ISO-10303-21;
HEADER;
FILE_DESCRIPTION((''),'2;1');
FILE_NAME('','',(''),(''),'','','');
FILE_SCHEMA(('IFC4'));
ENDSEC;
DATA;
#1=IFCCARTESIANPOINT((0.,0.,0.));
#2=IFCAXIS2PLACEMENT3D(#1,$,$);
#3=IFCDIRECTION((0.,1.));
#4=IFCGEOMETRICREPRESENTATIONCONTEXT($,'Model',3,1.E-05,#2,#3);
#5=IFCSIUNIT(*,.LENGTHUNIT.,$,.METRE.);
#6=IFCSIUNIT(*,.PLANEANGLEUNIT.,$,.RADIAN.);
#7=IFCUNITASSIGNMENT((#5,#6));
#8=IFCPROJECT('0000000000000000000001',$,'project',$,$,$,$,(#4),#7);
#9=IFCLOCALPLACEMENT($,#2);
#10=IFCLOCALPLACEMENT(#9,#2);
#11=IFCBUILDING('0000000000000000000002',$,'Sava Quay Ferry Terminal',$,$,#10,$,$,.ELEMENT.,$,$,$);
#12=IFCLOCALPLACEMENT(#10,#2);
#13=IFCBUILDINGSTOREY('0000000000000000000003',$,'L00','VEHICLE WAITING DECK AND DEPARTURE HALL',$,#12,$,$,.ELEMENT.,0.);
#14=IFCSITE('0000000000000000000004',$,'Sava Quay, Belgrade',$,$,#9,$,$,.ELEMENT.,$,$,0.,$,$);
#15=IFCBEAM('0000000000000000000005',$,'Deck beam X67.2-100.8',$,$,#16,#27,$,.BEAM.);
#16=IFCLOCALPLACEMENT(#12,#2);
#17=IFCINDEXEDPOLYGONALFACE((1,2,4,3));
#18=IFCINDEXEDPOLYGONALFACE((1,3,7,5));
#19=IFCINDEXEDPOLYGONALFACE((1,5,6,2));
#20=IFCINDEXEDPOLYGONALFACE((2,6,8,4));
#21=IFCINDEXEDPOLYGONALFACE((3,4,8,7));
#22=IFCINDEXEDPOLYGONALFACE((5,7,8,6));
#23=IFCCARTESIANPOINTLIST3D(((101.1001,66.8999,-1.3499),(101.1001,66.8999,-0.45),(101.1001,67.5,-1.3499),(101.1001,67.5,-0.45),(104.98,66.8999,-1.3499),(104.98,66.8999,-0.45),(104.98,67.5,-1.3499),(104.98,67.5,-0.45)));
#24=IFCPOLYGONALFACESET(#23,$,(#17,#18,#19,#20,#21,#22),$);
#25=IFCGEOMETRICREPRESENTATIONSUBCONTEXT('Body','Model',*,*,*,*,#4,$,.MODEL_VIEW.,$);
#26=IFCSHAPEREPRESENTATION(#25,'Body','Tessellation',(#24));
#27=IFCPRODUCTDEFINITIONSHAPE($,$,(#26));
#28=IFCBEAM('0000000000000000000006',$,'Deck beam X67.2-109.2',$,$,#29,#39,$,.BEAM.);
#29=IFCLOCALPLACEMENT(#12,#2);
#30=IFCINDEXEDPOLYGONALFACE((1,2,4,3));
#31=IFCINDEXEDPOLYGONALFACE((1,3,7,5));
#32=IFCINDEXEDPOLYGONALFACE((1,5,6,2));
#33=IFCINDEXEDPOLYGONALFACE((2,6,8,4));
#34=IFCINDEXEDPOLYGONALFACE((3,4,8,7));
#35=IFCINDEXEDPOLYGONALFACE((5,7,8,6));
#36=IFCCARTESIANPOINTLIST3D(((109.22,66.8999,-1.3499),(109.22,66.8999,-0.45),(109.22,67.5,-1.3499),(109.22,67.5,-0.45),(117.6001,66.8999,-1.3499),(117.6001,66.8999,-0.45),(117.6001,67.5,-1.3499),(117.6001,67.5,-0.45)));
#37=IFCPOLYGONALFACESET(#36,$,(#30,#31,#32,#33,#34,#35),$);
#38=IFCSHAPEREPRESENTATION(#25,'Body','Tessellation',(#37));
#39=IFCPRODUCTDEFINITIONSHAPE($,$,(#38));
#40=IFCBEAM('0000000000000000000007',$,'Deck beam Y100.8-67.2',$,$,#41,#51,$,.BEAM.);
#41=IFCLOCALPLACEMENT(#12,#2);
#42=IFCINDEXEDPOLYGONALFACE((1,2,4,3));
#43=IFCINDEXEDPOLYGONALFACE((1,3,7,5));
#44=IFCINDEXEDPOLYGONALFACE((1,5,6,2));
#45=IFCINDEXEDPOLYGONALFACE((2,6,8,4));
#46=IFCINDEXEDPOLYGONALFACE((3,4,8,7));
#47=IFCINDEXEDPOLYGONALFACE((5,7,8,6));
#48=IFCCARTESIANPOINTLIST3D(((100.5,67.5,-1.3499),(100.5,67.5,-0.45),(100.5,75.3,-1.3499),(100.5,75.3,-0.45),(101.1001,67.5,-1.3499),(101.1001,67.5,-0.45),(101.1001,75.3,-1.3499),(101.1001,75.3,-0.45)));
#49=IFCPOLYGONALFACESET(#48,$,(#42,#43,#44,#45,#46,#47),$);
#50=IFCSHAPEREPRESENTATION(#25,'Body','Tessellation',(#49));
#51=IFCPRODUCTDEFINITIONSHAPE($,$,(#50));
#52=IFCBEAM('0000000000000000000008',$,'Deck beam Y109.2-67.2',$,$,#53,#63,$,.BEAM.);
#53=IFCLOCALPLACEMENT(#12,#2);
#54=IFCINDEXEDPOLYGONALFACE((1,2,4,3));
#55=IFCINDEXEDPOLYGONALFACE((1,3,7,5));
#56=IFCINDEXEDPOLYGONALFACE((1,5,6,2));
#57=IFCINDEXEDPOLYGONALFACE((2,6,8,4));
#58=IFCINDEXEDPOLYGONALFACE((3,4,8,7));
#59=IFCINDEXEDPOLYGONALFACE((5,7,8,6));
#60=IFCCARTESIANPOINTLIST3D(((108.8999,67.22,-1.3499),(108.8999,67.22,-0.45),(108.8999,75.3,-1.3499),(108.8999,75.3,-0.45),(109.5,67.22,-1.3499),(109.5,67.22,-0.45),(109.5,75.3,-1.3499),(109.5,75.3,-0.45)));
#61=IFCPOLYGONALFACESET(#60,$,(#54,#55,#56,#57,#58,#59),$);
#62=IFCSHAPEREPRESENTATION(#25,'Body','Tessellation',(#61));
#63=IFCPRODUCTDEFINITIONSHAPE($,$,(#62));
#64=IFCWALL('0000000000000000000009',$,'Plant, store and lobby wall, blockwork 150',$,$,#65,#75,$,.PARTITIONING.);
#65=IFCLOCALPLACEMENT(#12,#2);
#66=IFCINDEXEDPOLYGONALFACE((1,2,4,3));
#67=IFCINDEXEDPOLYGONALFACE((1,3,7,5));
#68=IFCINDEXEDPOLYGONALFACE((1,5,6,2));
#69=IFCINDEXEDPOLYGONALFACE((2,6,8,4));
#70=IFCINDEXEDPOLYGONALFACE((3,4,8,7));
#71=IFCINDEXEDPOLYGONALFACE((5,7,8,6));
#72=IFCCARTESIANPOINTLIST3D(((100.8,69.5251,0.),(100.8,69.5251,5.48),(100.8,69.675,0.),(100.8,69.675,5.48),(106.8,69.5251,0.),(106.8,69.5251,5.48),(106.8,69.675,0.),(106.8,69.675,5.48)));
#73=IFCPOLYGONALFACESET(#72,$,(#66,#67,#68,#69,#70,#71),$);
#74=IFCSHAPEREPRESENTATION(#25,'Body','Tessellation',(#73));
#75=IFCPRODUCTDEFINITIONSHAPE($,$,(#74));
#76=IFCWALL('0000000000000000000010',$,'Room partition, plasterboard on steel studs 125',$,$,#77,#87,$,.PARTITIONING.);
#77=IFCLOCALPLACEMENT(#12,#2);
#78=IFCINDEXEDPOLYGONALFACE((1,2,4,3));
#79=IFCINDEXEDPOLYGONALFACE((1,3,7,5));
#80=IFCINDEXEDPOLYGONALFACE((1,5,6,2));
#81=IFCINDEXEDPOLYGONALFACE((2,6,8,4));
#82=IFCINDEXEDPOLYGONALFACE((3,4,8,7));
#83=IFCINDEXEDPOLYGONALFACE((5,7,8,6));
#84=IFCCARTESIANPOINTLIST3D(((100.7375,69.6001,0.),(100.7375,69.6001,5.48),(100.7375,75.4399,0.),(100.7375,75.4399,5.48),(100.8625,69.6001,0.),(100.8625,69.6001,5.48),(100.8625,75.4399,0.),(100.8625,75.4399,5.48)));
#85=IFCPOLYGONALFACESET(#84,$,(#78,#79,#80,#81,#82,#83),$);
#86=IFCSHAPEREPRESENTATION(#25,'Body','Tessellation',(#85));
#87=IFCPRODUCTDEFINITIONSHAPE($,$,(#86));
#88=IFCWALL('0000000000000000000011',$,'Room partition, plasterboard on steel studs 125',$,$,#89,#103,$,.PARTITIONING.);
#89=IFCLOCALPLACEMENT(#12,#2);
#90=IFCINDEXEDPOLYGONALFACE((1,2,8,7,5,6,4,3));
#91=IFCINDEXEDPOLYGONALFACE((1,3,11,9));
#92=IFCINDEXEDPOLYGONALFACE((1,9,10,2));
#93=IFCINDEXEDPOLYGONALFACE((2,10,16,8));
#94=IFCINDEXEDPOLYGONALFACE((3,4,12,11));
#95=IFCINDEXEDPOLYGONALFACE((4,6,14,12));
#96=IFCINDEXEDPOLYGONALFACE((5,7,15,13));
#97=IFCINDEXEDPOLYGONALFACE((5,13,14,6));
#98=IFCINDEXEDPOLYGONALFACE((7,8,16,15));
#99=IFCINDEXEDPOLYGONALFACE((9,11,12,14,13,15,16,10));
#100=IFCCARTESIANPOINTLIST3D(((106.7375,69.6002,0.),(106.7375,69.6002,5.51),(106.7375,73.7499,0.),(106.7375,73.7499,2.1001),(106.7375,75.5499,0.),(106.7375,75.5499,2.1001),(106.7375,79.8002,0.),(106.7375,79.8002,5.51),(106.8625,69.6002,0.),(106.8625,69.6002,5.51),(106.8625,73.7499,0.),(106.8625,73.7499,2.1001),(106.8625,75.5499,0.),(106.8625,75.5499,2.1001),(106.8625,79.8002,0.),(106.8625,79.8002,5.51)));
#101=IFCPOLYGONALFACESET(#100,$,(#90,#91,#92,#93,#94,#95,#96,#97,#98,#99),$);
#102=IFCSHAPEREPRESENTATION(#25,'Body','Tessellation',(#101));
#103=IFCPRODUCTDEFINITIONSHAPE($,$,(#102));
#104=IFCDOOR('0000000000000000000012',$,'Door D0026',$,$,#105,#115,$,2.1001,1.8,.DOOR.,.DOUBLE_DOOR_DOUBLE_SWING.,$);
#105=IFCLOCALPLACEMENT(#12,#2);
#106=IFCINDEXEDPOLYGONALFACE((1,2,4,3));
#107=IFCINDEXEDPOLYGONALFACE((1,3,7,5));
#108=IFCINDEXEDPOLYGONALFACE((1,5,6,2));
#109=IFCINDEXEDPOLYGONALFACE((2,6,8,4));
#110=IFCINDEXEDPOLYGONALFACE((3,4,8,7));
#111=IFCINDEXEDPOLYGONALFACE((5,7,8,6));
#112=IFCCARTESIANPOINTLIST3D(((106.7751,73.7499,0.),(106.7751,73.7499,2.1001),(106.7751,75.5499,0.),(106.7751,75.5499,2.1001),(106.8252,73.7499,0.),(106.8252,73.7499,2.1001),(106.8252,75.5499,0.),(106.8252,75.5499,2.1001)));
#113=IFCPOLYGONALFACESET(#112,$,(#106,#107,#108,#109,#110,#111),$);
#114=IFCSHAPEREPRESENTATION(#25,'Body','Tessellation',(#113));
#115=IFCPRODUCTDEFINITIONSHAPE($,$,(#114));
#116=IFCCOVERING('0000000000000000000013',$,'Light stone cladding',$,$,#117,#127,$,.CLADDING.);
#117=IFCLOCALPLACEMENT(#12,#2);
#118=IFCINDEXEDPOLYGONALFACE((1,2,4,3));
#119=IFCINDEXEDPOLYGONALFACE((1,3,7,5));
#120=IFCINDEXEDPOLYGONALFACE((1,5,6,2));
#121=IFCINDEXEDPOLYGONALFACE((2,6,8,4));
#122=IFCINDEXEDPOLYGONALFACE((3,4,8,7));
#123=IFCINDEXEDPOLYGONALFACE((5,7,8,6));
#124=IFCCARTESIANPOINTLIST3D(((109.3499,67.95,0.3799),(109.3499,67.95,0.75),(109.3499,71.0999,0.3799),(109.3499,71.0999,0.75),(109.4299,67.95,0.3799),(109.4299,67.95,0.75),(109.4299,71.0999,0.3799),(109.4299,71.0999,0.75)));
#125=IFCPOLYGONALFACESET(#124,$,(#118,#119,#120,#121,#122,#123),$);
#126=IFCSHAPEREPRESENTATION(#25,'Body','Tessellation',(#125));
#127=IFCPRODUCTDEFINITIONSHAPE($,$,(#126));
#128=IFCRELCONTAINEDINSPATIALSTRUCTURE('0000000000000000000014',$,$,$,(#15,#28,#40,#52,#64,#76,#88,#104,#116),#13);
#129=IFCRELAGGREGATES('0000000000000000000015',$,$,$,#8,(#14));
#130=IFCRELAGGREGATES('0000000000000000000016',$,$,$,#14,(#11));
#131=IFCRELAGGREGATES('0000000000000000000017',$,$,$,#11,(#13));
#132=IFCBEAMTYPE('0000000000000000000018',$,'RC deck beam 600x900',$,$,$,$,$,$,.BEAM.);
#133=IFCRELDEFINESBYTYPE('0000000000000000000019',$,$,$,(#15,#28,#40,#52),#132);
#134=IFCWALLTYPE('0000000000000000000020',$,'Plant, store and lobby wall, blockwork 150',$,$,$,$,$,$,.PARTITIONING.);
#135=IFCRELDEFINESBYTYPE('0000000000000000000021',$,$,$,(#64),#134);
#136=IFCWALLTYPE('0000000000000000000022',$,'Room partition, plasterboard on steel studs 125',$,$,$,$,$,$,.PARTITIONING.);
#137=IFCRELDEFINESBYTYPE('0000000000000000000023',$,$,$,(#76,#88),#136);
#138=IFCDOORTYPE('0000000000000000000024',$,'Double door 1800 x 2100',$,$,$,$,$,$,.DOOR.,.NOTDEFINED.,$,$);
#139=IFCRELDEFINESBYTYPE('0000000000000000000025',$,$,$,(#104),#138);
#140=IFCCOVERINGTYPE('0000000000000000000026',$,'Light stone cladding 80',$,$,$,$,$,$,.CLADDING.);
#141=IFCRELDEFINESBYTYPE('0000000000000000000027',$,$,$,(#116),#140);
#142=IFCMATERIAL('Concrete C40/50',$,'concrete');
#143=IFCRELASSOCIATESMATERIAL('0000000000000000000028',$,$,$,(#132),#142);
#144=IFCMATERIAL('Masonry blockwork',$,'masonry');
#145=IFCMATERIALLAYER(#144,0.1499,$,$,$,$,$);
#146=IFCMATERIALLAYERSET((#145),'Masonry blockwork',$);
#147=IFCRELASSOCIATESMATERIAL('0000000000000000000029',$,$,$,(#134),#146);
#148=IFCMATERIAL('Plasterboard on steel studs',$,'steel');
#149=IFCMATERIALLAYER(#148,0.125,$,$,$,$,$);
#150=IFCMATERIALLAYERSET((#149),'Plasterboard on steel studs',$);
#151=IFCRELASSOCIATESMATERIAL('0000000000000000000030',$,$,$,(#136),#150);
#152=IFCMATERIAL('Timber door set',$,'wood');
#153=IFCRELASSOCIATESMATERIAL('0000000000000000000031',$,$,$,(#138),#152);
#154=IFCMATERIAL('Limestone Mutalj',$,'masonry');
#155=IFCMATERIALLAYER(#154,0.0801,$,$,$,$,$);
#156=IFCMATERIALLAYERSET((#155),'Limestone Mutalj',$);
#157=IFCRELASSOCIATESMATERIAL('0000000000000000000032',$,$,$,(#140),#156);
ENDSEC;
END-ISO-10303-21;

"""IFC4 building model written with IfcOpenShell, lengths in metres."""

from ifc_helpers import new_model, si_unit, direction, frame, frame_2d, origin, origin_2d, place, context, subcontext, project, spatial, rectangle, extrude, material, layer, layer_set, material_profile, profile_set, type_object, element, fill, save


model = new_model("IFC4")

# Units and contexts
model_context = context("Model", 3, precision=1e-05, world=origin(), true_north=direction((0.0, 1.0)))
body_context = subcontext(model_context, "Body", "Model", "MODEL_VIEW")
ifc_project = project(units=[si_unit("LENGTHUNIT", "METRE"), si_unit("PLANEANGLEUNIT", "RADIAN")], contexts=[model_context])

# Site, building, storey
site_placement = place(None, origin())
site = spatial("IfcSite", under=ifc_project, at=site_placement, Name="Sava Quay, Belgrade", CompositionType="ELEMENT", RefElevation=0.0)
building_placement = place(site_placement, origin())
building = spatial("IfcBuilding", under=site, at=building_placement, Name="Sava Quay Ferry Terminal", CompositionType="ELEMENT")
storey_placement = place(building_placement, origin())
storey = spatial("IfcBuildingStorey", under=building, at=storey_placement, Name="L00", Description="VEHICLE WAITING DECK AND DEPARTURE HALL", CompositionType="ELEMENT", Elevation=0.0)

# Beams
ifc_material_1 = material(Name="Concrete C40/50", Category="concrete")
ifc_material_profile_1 = material_profile(ifc_material_1, rectangle(XDim=0.6001, YDim=0.8999, at=origin_2d()), Name="RC 600x900")
ifc_profile_set_1 = profile_set([ifc_material_profile_1], Name="Concrete C40/50")
beam_type = type_object("IfcBeamType", Name="RC deck beam 600x900", PredefinedType="BEAM", material=ifc_profile_set_1)
beam_1_placement = place(storey_placement, frame((101.1001, 67.2, -0.8999), z_axis=(1.0, 0.0, 0.0), x_axis=(0.0, 1.0, 0.0)))
element("IfcBeam", 1, at=beam_1_placement, inside=storey, type_object=beam_type, Name="Deck beam X67.2-100.8", PredefinedType="BEAM", context=body_context, shape_type="SweptSolid", body=[
    extrude(rectangle(XDim=0.6001, YDim=0.8999, at=origin_2d()), origin(), (0.0, 0.0, 1.0), 3.8799),
])
beam_2_placement = place(storey_placement, frame((109.22, 67.2, -0.8999), z_axis=(1.0, 0.0, 0.0), x_axis=(0.0, 1.0, 0.0)))
element("IfcBeam", 2, at=beam_2_placement, inside=storey, type_object=beam_type, Name="Deck beam X67.2-109.2", PredefinedType="BEAM", context=body_context, shape_type="SweptSolid", body=[
    extrude(rectangle(XDim=0.6001, YDim=0.8999, at=origin_2d()), origin(), (0.0, 0.0, 1.0), 8.3801),
])
beam_3_placement = place(storey_placement, frame((100.8, 67.5, -0.8999), z_axis=(0.0, 1.0, 0.0), x_axis=(-1.0, 0.0, 0.0)))
element("IfcBeam", 3, at=beam_3_placement, inside=storey, type_object=beam_type, Name="Deck beam Y100.8-67.2", PredefinedType="BEAM", context=body_context, shape_type="SweptSolid", body=[
    extrude(rectangle(XDim=0.6001, YDim=0.8999, at=origin_2d()), origin(), (0.0, 0.0, 1.0), 7.8),
])
beam_4_placement = place(storey_placement, frame((109.2, 67.22, -0.8999), z_axis=(0.0, 1.0, 0.0), x_axis=(-1.0, 0.0, 0.0)))
element("IfcBeam", 4, at=beam_4_placement, inside=storey, type_object=beam_type, Name="Deck beam Y109.2-67.2", PredefinedType="BEAM", context=body_context, shape_type="SweptSolid", body=[
    extrude(rectangle(XDim=0.6001, YDim=0.8999, at=origin_2d()), origin(), (0.0, 0.0, 1.0), 8.0801),
])

# Wall
ifc_material_2 = material(Name="Masonry blockwork", Category="masonry")
ifc_layer_1 = layer(ifc_material_2, 0.1499)
ifc_layer_set_1 = layer_set([ifc_layer_1], Name="Masonry blockwork")
wall_type_1 = type_object("IfcWallType", Name="Plant, store and lobby wall, blockwork 150", PredefinedType="PARTITIONING", material=ifc_layer_set_1)
wall_1_placement = place(storey_placement, frame((100.8, 69.6001, 0.0), z_axis=(0.0, 0.0, 1.0), x_axis=(1.0, 0.0, 0.0)))
element("IfcWall", 5, at=wall_1_placement, inside=storey, type_object=wall_type_1, Name="Plant, store and lobby wall, blockwork 150", PredefinedType="PARTITIONING", context=body_context, shape_type="SweptSolid", body=[
    extrude(rectangle(XDim=6.0, YDim=0.1499, at=frame_2d((3.0, 0.0))), origin(), (0.0, 0.0, 1.0), 5.48),
])

# Wall
ifc_material_3 = material(Name="Plasterboard on steel studs", Category="steel")
ifc_layer_2 = layer(ifc_material_3, 0.125)
ifc_layer_set_2 = layer_set([ifc_layer_2], Name="Plasterboard on steel studs")
wall_type_2 = type_object("IfcWallType", Name="Room partition, plasterboard on steel studs 125", PredefinedType="PARTITIONING", material=ifc_layer_set_2)
wall_2_placement = place(storey_placement, frame((100.8, 69.6001, 0.0), z_axis=(0.0, 0.0, 1.0), x_axis=(0.0, 1.0, 0.0)))
element("IfcWall", 6, at=wall_2_placement, inside=storey, type_object=wall_type_2, Name="Room partition, plasterboard on steel studs 125", PredefinedType="PARTITIONING", context=body_context, shape_type="SweptSolid", body=[
    extrude(rectangle(XDim=5.8398, YDim=0.125, at=frame_2d((2.9199, 0.0))), origin(), (0.0, 0.0, 1.0), 5.48),
])

# Wall, opening, door
wall_3_placement = place(storey_placement, frame((106.8, 69.6001, 0.0), z_axis=(0.0, 0.0, 1.0), x_axis=(0.0, 1.0, 0.0)))
wall_3 = element("IfcWall", 7, at=wall_3_placement, inside=storey, type_object=wall_type_2, Name="Room partition, plasterboard on steel studs 125", PredefinedType="PARTITIONING", context=body_context, shape_type="SweptSolid", body=[
    extrude(rectangle(XDim=10.2, YDim=0.125, at=frame_2d((5.1001, 0.0))), origin(), (0.0, 0.0, 1.0), 5.51),
])
opening_1_placement = place(wall_3_placement, frame((4.1499, 0.0, 0.0)))
opening_1 = element("IfcOpeningElement", 8, at=opening_1_placement, cuts=wall_3, PredefinedType="OPENING", context=body_context, shape_type="SweptSolid", body=[
    extrude(rectangle(XDim=1.8, YDim=2.1001, at=frame_2d((0.8999, 1.05))), frame((0.0, 0.0625, 0.0), z_axis=(0.0, -1.0, 0.0), x_axis=(1.0, 0.0, 0.0)), (0.0, 0.0, 1.0), 0.125),
])
ifc_material_4 = material(Name="Timber door set", Category="wood")
door_type_1 = type_object("IfcDoorType", Name="Double door 1800 x 2100", OperationType="NOTDEFINED", PredefinedType="DOOR", material=ifc_material_4)
door_1_placement = place(opening_1_placement, origin())
door_1 = element("IfcDoor", 9, at=door_1_placement, inside=storey, type_object=door_type_1, Name="Door D0026", OperationType="DOUBLE_DOOR_DOUBLE_SWING", OverallHeight=2.1001, OverallWidth=1.8, PredefinedType="DOOR", context=body_context, shape_type="SweptSolid", body=[
    extrude(rectangle(XDim=1.8, YDim=2.1001, at=frame_2d((0.8999, 1.05))), frame((0.0, 0.0249, 0.0), z_axis=(0.0, -1.0, 0.0), x_axis=(1.0, 0.0, 0.0)), (0.0, 0.0, 1.0), 0.05),
])
fill(opening_1, door_1)

# Covering
ifc_material_5 = material(Name="Limestone Mutalj", Category="masonry")
ifc_layer_3 = layer(ifc_material_5, 0.0801)
ifc_layer_set_3 = layer_set([ifc_layer_3], Name="Limestone Mutalj")
covering_type = type_object("IfcCoveringType", Name="Light stone cladding 80", PredefinedType="CLADDING", material=ifc_layer_set_3)
covering_placement = place(storey_placement, frame((109.3899, 69.5249, 0.3799), z_axis=(0.0, 0.0, 1.0), x_axis=(1.0, 0.0, 0.0)))
element("IfcCovering", 10, at=covering_placement, inside=storey, type_object=covering_type, Name="Light stone cladding", PredefinedType="CLADDING", context=body_context, shape_type="SweptSolid", body=[
    extrude(rectangle(XDim=0.0801, YDim=3.1499, at=origin_2d()), origin(), (0.0, 0.0, 1.0), 0.3701),
])

save(model, "model.ifc")
